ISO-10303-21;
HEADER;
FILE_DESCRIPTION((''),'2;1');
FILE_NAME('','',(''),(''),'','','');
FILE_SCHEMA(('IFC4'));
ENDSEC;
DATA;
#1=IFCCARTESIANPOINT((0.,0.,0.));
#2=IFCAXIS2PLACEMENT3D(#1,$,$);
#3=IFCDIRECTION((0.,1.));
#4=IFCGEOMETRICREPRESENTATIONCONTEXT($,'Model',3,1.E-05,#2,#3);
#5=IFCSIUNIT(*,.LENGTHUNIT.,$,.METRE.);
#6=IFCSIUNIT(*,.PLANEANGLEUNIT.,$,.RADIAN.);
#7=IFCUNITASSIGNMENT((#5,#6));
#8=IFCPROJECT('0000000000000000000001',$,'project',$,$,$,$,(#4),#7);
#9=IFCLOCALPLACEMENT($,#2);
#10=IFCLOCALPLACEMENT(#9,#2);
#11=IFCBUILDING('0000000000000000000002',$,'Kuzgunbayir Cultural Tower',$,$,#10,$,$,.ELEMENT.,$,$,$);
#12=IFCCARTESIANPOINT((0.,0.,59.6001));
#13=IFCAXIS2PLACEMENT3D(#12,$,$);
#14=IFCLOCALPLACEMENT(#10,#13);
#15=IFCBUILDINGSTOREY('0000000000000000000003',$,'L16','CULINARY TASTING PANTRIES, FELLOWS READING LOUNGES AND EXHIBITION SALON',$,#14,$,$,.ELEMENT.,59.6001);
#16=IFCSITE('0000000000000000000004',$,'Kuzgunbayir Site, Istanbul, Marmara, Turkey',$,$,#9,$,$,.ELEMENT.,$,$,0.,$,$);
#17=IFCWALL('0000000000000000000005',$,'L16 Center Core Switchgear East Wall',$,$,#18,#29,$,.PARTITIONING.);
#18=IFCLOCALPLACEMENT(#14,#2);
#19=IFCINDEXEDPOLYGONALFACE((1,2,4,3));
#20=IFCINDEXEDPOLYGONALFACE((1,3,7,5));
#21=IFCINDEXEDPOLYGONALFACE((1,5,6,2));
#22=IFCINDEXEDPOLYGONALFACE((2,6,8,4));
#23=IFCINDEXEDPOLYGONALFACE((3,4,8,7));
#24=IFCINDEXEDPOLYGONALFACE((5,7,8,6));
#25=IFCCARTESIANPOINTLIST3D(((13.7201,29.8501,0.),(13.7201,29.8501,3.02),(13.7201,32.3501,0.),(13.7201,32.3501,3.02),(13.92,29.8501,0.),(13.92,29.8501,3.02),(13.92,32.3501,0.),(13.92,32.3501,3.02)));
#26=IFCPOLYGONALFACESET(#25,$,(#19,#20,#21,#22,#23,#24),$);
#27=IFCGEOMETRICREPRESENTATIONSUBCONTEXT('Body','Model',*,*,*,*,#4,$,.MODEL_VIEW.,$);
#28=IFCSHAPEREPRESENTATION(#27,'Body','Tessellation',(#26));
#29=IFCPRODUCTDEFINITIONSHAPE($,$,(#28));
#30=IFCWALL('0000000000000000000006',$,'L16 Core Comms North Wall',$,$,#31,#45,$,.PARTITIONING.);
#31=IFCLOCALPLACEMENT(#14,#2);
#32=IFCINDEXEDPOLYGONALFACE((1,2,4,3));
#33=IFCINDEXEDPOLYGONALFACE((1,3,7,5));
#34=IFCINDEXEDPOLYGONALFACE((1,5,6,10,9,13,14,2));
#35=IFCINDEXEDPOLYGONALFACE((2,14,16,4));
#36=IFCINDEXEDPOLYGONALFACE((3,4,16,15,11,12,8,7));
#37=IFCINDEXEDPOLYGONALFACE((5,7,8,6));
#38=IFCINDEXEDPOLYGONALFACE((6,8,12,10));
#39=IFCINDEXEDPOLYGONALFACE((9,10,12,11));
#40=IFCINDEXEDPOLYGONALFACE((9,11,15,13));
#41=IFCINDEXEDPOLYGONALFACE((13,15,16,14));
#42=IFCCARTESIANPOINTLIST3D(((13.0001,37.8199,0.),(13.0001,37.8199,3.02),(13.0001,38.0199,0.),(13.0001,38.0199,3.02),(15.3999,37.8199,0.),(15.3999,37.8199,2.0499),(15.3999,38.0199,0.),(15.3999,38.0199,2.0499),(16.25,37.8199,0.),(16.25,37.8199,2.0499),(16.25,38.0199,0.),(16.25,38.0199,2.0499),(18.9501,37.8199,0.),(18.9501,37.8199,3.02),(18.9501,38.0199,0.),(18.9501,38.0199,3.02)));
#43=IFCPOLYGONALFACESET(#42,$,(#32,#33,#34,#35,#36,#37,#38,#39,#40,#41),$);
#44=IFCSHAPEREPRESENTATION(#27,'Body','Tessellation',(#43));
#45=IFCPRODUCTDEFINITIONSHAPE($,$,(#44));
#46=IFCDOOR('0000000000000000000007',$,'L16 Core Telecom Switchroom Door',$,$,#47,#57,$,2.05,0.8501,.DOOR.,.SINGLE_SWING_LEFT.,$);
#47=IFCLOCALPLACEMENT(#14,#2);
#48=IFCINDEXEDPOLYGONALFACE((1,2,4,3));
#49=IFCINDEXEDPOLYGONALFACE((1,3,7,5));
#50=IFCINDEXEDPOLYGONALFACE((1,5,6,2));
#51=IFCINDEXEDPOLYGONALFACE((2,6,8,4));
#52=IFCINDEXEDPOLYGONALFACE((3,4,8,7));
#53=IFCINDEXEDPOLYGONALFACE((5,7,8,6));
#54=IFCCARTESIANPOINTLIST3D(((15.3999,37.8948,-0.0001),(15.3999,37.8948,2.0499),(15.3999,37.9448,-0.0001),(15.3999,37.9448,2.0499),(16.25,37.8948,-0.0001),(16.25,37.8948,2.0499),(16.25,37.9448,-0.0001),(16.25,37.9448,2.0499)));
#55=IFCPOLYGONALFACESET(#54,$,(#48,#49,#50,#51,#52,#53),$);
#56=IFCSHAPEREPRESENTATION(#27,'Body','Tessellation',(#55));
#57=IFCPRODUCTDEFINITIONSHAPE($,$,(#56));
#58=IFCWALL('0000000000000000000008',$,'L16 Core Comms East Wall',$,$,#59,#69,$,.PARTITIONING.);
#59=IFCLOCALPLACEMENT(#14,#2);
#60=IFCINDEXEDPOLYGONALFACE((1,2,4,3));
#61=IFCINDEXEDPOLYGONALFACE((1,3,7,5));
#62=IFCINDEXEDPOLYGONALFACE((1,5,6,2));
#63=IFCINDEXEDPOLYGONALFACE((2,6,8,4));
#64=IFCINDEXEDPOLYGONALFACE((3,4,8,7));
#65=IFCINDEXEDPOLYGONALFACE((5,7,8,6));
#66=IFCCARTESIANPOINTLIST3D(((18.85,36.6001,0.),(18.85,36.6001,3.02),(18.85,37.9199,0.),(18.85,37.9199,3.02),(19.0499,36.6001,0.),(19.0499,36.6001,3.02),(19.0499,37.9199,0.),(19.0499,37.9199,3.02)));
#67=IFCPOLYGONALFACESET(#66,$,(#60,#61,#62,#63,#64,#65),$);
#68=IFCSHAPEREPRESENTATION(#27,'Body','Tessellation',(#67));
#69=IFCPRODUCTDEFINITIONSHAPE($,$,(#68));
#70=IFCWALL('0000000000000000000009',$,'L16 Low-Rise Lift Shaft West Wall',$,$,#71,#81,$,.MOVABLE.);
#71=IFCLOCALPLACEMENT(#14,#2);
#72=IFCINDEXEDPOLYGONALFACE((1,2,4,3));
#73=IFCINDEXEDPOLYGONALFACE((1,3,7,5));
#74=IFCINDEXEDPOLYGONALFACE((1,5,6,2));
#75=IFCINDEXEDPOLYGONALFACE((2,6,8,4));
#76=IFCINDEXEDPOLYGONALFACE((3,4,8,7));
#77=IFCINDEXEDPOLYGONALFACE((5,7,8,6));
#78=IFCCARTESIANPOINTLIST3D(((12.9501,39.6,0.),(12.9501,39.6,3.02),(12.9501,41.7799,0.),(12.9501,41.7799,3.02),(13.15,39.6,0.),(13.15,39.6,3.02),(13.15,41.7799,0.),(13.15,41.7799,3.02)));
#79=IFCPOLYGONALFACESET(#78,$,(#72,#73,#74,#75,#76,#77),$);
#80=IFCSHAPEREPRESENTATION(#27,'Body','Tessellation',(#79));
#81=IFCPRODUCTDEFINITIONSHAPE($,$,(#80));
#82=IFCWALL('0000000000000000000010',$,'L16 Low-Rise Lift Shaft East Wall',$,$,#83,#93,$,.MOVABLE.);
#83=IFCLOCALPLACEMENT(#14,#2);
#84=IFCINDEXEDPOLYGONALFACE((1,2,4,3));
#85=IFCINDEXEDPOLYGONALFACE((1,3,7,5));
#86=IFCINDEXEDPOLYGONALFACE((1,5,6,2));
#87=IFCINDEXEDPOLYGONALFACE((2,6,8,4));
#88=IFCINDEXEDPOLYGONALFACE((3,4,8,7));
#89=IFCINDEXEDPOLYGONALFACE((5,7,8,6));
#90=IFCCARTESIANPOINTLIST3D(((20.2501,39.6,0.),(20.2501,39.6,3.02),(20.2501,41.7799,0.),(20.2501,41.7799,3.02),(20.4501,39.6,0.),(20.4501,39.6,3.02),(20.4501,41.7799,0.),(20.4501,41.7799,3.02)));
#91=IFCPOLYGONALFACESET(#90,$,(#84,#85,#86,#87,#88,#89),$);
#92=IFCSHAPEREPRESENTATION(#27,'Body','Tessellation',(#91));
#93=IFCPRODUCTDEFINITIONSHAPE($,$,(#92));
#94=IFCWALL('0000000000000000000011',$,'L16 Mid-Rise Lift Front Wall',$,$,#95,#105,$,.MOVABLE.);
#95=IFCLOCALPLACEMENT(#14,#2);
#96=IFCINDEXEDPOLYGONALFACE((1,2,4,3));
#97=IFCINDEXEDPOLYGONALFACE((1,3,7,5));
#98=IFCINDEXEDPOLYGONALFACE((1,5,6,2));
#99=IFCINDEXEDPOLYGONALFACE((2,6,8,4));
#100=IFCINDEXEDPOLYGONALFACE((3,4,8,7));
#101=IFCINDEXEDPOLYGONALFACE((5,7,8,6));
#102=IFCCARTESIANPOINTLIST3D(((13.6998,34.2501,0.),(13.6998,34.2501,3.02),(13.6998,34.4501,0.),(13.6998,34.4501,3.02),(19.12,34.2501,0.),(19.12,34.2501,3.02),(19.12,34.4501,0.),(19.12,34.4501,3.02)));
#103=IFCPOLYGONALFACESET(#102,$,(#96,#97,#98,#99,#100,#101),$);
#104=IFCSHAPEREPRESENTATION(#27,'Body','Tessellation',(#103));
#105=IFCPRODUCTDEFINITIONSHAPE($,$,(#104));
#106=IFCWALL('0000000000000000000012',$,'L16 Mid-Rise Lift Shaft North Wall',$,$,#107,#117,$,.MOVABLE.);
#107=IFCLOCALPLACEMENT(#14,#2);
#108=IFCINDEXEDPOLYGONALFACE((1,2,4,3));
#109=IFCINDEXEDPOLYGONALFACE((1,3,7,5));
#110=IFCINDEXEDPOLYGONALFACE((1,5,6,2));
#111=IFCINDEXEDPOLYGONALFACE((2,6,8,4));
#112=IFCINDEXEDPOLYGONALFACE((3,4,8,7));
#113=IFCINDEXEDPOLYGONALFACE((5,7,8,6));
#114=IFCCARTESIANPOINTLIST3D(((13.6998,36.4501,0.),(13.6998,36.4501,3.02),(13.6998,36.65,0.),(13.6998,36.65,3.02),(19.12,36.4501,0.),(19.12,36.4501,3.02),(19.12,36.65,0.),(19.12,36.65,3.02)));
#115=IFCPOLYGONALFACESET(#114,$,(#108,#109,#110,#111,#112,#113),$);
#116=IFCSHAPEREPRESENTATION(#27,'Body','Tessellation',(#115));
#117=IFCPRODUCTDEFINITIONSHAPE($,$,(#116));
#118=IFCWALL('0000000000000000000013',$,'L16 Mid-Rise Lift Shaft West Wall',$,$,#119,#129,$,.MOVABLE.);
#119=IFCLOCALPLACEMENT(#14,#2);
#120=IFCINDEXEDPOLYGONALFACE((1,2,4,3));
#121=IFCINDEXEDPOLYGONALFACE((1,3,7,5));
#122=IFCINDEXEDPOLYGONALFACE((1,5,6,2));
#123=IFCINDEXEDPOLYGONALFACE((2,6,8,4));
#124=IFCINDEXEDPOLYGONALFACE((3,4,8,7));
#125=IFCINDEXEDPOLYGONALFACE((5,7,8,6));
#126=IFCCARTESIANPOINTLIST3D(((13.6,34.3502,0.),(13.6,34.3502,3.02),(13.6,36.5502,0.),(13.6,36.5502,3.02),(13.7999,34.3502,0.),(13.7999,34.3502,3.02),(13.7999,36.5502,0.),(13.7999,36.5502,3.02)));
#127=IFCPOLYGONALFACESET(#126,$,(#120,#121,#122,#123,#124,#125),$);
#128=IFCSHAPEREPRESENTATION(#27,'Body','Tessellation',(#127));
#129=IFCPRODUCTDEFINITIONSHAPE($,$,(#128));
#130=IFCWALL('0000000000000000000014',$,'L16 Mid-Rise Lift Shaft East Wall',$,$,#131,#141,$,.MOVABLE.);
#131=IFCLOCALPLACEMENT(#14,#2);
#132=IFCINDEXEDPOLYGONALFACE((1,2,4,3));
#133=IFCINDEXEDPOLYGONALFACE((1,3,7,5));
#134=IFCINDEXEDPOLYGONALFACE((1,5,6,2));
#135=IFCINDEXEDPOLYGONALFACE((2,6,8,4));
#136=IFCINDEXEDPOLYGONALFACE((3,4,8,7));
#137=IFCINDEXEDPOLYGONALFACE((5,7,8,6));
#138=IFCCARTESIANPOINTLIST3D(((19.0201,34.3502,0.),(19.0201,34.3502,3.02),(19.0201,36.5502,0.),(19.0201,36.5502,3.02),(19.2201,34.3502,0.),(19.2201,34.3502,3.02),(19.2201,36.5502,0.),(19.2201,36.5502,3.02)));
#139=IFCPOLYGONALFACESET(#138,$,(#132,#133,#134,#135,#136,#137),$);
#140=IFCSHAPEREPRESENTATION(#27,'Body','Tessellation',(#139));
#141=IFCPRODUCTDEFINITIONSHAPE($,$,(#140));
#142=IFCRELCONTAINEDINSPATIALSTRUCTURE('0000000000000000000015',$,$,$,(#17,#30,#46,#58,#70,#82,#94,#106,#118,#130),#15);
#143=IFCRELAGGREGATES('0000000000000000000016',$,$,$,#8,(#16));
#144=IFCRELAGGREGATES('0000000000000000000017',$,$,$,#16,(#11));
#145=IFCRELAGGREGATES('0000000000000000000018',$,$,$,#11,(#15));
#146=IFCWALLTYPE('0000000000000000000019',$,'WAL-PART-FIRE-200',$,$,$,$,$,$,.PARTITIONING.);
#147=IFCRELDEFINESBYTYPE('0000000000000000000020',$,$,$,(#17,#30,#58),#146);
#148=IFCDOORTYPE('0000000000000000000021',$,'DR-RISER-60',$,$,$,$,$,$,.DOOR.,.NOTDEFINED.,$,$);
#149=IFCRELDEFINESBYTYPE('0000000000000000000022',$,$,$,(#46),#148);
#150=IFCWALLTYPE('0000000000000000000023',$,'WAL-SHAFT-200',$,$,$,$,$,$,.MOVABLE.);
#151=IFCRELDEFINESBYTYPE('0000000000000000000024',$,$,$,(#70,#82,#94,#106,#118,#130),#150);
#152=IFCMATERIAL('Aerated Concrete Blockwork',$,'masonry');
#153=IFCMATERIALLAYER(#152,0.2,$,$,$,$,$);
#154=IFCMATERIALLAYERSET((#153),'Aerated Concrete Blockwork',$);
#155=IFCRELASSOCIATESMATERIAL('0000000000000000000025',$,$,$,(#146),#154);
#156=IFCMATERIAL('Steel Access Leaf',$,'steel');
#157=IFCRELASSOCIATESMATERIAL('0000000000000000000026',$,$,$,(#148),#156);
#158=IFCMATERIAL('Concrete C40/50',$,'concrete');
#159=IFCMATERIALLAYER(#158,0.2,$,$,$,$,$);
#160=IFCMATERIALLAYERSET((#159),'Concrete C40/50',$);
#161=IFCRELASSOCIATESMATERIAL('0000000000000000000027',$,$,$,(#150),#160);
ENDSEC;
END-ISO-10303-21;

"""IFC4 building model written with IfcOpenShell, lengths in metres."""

from ifc_helpers import new_model, si_unit, direction, frame, frame_2d, origin, place, context, subcontext, project, spatial, rectangle, extrude, material, layer, layer_set, type_object, element, fill, save


model = new_model("IFC4")

# Units and contexts
model_context = context("Model", 3, precision=1e-05, world=origin(), true_north=direction((0.0, 1.0)))
body_context = subcontext(model_context, "Body", "Model", "MODEL_VIEW")
ifc_project = project(units=[si_unit("LENGTHUNIT", "METRE"), si_unit("PLANEANGLEUNIT", "RADIAN")], contexts=[model_context])

# Site, building, storey
site_placement = place(None, origin())
site = spatial("IfcSite", under=ifc_project, at=site_placement, Name="Kuzgunbayir Site, Istanbul, Marmara, Turkey", CompositionType="ELEMENT", RefElevation=0.0)
building_placement = place(site_placement, origin())
building = spatial("IfcBuilding", under=site, at=building_placement, Name="Kuzgunbayir Cultural Tower", CompositionType="ELEMENT")
storey_placement = place(building_placement, frame((0.0, 0.0, 59.6001)))
storey = spatial("IfcBuildingStorey", under=building, at=storey_placement, Name="L16", Description="CULINARY TASTING PANTRIES, FELLOWS READING LOUNGES AND EXHIBITION SALON", CompositionType="ELEMENT", Elevation=59.6001)

# Shared definitions
ifc_material_1 = material(Name="Aerated Concrete Blockwork", Category="masonry")
ifc_layer_1 = layer(ifc_material_1, 0.2)
ifc_layer_set_1 = layer_set([ifc_layer_1], Name="Aerated Concrete Blockwork")
wall_type_1 = type_object("IfcWallType", Name="WAL-PART-FIRE-200", PredefinedType="PARTITIONING", material=ifc_layer_set_1)

# Wall
wall_1_placement = place(storey_placement, frame((13.8201, 29.8501, 0.0), z_axis=(0.0, 0.0, 1.0), x_axis=(0.0, 1.0, 0.0)))
element("IfcWall", 1, at=wall_1_placement, inside=storey, type_object=wall_type_1, Name="L16 Center Core Switchgear East Wall", PredefinedType="PARTITIONING", context=body_context, shape_type="SweptSolid", body=[
    extrude(rectangle(XDim=2.5, YDim=0.2, at=frame_2d((1.25, 0.0))), origin(), (0.0, 0.0, 1.0), 3.02),
])

# Wall, opening, door
wall_2_placement = place(storey_placement, frame((13.0, 37.9199, 0.0), z_axis=(0.0, 0.0, 1.0), x_axis=(1.0, 0.0, 0.0)))
wall_2 = element("IfcWall", 2, at=wall_2_placement, inside=storey, type_object=wall_type_1, Name="L16 Core Comms North Wall", PredefinedType="PARTITIONING", context=body_context, shape_type="SweptSolid", body=[
    extrude(rectangle(XDim=5.95, YDim=0.2, at=frame_2d((2.9751, 0.0))), origin(), (0.0, 0.0, 1.0), 3.02),
])
opening_1_placement = place(wall_2_placement, frame((2.3999, 0.0, 0.0)))
opening_1 = element("IfcOpeningElement", 3, at=opening_1_placement, cuts=wall_2, PredefinedType="OPENING", context=body_context, shape_type="SweptSolid", body=[
    extrude(rectangle(XDim=0.8501, YDim=2.05, at=frame_2d((0.425, 1.0249))), frame((0.0, 0.1099, 0.0), z_axis=(0.0, -1.0, 0.0), x_axis=(1.0, 0.0, 0.0)), (0.0, 0.0, 1.0), 0.22),
])
ifc_material_2 = material(Name="Steel Access Leaf", Category="steel")
door_type_1 = type_object("IfcDoorType", Name="DR-RISER-60", OperationType="NOTDEFINED", PredefinedType="DOOR", material=ifc_material_2)
door_1_placement = place(opening_1_placement, origin())
door_1 = element("IfcDoor", 4, at=door_1_placement, inside=storey, type_object=door_type_1, Name="L16 Core Telecom Switchroom Door", OperationType="SINGLE_SWING_LEFT", OverallHeight=2.05, OverallWidth=0.8501, PredefinedType="DOOR", context=body_context, shape_type="SweptSolid", body=[
    extrude(rectangle(XDim=0.8501, YDim=2.05, at=frame_2d((0.425, 1.0249))), frame((0.0, 0.0249, 0.0), z_axis=(0.0, -1.0, 0.0), x_axis=(1.0, 0.0, 0.0)), (0.0, 0.0, 1.0), 0.05),
])
fill(opening_1, door_1)

# Wall
wall_3_placement = place(storey_placement, frame((18.95, 36.6001, 0.0), z_axis=(0.0, 0.0, 1.0), x_axis=(0.0, 1.0, 0.0)))
element("IfcWall", 5, at=wall_3_placement, inside=storey, type_object=wall_type_1, Name="L16 Core Comms East Wall", PredefinedType="PARTITIONING", context=body_context, shape_type="SweptSolid", body=[
    extrude(rectangle(XDim=1.3198, YDim=0.2, at=frame_2d((0.6599, 0.0))), origin(), (0.0, 0.0, 1.0), 3.02),
])

# Shared definitions
ifc_material_3 = material(Name="Concrete C40/50", Category="concrete")
ifc_layer_2 = layer(ifc_material_3, 0.2)
ifc_layer_set_2 = layer_set([ifc_layer_2], Name="Concrete C40/50")
wall_type_2 = type_object("IfcWallType", Name="WAL-SHAFT-200", PredefinedType="MOVABLE", material=ifc_layer_set_2)

# Walls
for number, where, z_axis, x_axis, name in (
    (6, (13.05, 39.6001, 0.0), (0.0, 0.0, 1.0), (0.0, 1.0, 0.0), "L16 Low-Rise Lift Shaft West Wall"),
    (7, (20.3501, 39.6001, 0.0), (0.0, 0.0, 1.0), (0.0, 1.0, 0.0), "L16 Low-Rise Lift Shaft East Wall"),
):
    element("IfcWall", number, at=place(storey_placement, frame(where, z_axis=z_axis, x_axis=x_axis)), inside=storey, type_object=wall_type_2, Name=name, PredefinedType="MOVABLE", context=body_context, shape_type="SweptSolid", body=[
        extrude(rectangle(XDim=2.1799, YDim=0.2, at=frame_2d((1.0898, 0.0))), origin(), (0.0, 0.0, 1.0), 3.02),
    ])
for number, where, z_axis, x_axis, name in (
    (8, (13.7, 34.3501, 0.0), (0.0, 0.0, 1.0), (1.0, 0.0, 0.0), "L16 Mid-Rise Lift Front Wall"),
    (9, (13.7, 36.55, 0.0), (0.0, 0.0, 1.0), (1.0, 0.0, 0.0), "L16 Mid-Rise Lift Shaft North Wall"),
):
    element("IfcWall", number, at=place(storey_placement, frame(where, z_axis=z_axis, x_axis=x_axis)), inside=storey, type_object=wall_type_2, Name=name, PredefinedType="MOVABLE", context=body_context, shape_type="SweptSolid", body=[
        extrude(rectangle(XDim=5.4202, YDim=0.2, at=frame_2d((2.71, 0.0))), origin(), (0.0, 0.0, 1.0), 3.02),
    ])
for number, where, z_axis, x_axis, name in (
    (10, (13.7, 34.3501, 0.0), (0.0, 0.0, 1.0), (0.0, 1.0, 0.0), "L16 Mid-Rise Lift Shaft West Wall"),
    (11, (19.1201, 34.3501, 0.0), (0.0, 0.0, 1.0), (0.0, 1.0, 0.0), "L16 Mid-Rise Lift Shaft East Wall"),
):
    element("IfcWall", number, at=place(storey_placement, frame(where, z_axis=z_axis, x_axis=x_axis)), inside=storey, type_object=wall_type_2, Name=name, PredefinedType="MOVABLE", context=body_context, shape_type="SweptSolid", body=[
        extrude(rectangle(XDim=2.2, YDim=0.2, at=frame_2d((1.1001, 0.0))), origin(), (0.0, 0.0, 1.0), 3.02),
    ])

save(model, "model.ifc")
